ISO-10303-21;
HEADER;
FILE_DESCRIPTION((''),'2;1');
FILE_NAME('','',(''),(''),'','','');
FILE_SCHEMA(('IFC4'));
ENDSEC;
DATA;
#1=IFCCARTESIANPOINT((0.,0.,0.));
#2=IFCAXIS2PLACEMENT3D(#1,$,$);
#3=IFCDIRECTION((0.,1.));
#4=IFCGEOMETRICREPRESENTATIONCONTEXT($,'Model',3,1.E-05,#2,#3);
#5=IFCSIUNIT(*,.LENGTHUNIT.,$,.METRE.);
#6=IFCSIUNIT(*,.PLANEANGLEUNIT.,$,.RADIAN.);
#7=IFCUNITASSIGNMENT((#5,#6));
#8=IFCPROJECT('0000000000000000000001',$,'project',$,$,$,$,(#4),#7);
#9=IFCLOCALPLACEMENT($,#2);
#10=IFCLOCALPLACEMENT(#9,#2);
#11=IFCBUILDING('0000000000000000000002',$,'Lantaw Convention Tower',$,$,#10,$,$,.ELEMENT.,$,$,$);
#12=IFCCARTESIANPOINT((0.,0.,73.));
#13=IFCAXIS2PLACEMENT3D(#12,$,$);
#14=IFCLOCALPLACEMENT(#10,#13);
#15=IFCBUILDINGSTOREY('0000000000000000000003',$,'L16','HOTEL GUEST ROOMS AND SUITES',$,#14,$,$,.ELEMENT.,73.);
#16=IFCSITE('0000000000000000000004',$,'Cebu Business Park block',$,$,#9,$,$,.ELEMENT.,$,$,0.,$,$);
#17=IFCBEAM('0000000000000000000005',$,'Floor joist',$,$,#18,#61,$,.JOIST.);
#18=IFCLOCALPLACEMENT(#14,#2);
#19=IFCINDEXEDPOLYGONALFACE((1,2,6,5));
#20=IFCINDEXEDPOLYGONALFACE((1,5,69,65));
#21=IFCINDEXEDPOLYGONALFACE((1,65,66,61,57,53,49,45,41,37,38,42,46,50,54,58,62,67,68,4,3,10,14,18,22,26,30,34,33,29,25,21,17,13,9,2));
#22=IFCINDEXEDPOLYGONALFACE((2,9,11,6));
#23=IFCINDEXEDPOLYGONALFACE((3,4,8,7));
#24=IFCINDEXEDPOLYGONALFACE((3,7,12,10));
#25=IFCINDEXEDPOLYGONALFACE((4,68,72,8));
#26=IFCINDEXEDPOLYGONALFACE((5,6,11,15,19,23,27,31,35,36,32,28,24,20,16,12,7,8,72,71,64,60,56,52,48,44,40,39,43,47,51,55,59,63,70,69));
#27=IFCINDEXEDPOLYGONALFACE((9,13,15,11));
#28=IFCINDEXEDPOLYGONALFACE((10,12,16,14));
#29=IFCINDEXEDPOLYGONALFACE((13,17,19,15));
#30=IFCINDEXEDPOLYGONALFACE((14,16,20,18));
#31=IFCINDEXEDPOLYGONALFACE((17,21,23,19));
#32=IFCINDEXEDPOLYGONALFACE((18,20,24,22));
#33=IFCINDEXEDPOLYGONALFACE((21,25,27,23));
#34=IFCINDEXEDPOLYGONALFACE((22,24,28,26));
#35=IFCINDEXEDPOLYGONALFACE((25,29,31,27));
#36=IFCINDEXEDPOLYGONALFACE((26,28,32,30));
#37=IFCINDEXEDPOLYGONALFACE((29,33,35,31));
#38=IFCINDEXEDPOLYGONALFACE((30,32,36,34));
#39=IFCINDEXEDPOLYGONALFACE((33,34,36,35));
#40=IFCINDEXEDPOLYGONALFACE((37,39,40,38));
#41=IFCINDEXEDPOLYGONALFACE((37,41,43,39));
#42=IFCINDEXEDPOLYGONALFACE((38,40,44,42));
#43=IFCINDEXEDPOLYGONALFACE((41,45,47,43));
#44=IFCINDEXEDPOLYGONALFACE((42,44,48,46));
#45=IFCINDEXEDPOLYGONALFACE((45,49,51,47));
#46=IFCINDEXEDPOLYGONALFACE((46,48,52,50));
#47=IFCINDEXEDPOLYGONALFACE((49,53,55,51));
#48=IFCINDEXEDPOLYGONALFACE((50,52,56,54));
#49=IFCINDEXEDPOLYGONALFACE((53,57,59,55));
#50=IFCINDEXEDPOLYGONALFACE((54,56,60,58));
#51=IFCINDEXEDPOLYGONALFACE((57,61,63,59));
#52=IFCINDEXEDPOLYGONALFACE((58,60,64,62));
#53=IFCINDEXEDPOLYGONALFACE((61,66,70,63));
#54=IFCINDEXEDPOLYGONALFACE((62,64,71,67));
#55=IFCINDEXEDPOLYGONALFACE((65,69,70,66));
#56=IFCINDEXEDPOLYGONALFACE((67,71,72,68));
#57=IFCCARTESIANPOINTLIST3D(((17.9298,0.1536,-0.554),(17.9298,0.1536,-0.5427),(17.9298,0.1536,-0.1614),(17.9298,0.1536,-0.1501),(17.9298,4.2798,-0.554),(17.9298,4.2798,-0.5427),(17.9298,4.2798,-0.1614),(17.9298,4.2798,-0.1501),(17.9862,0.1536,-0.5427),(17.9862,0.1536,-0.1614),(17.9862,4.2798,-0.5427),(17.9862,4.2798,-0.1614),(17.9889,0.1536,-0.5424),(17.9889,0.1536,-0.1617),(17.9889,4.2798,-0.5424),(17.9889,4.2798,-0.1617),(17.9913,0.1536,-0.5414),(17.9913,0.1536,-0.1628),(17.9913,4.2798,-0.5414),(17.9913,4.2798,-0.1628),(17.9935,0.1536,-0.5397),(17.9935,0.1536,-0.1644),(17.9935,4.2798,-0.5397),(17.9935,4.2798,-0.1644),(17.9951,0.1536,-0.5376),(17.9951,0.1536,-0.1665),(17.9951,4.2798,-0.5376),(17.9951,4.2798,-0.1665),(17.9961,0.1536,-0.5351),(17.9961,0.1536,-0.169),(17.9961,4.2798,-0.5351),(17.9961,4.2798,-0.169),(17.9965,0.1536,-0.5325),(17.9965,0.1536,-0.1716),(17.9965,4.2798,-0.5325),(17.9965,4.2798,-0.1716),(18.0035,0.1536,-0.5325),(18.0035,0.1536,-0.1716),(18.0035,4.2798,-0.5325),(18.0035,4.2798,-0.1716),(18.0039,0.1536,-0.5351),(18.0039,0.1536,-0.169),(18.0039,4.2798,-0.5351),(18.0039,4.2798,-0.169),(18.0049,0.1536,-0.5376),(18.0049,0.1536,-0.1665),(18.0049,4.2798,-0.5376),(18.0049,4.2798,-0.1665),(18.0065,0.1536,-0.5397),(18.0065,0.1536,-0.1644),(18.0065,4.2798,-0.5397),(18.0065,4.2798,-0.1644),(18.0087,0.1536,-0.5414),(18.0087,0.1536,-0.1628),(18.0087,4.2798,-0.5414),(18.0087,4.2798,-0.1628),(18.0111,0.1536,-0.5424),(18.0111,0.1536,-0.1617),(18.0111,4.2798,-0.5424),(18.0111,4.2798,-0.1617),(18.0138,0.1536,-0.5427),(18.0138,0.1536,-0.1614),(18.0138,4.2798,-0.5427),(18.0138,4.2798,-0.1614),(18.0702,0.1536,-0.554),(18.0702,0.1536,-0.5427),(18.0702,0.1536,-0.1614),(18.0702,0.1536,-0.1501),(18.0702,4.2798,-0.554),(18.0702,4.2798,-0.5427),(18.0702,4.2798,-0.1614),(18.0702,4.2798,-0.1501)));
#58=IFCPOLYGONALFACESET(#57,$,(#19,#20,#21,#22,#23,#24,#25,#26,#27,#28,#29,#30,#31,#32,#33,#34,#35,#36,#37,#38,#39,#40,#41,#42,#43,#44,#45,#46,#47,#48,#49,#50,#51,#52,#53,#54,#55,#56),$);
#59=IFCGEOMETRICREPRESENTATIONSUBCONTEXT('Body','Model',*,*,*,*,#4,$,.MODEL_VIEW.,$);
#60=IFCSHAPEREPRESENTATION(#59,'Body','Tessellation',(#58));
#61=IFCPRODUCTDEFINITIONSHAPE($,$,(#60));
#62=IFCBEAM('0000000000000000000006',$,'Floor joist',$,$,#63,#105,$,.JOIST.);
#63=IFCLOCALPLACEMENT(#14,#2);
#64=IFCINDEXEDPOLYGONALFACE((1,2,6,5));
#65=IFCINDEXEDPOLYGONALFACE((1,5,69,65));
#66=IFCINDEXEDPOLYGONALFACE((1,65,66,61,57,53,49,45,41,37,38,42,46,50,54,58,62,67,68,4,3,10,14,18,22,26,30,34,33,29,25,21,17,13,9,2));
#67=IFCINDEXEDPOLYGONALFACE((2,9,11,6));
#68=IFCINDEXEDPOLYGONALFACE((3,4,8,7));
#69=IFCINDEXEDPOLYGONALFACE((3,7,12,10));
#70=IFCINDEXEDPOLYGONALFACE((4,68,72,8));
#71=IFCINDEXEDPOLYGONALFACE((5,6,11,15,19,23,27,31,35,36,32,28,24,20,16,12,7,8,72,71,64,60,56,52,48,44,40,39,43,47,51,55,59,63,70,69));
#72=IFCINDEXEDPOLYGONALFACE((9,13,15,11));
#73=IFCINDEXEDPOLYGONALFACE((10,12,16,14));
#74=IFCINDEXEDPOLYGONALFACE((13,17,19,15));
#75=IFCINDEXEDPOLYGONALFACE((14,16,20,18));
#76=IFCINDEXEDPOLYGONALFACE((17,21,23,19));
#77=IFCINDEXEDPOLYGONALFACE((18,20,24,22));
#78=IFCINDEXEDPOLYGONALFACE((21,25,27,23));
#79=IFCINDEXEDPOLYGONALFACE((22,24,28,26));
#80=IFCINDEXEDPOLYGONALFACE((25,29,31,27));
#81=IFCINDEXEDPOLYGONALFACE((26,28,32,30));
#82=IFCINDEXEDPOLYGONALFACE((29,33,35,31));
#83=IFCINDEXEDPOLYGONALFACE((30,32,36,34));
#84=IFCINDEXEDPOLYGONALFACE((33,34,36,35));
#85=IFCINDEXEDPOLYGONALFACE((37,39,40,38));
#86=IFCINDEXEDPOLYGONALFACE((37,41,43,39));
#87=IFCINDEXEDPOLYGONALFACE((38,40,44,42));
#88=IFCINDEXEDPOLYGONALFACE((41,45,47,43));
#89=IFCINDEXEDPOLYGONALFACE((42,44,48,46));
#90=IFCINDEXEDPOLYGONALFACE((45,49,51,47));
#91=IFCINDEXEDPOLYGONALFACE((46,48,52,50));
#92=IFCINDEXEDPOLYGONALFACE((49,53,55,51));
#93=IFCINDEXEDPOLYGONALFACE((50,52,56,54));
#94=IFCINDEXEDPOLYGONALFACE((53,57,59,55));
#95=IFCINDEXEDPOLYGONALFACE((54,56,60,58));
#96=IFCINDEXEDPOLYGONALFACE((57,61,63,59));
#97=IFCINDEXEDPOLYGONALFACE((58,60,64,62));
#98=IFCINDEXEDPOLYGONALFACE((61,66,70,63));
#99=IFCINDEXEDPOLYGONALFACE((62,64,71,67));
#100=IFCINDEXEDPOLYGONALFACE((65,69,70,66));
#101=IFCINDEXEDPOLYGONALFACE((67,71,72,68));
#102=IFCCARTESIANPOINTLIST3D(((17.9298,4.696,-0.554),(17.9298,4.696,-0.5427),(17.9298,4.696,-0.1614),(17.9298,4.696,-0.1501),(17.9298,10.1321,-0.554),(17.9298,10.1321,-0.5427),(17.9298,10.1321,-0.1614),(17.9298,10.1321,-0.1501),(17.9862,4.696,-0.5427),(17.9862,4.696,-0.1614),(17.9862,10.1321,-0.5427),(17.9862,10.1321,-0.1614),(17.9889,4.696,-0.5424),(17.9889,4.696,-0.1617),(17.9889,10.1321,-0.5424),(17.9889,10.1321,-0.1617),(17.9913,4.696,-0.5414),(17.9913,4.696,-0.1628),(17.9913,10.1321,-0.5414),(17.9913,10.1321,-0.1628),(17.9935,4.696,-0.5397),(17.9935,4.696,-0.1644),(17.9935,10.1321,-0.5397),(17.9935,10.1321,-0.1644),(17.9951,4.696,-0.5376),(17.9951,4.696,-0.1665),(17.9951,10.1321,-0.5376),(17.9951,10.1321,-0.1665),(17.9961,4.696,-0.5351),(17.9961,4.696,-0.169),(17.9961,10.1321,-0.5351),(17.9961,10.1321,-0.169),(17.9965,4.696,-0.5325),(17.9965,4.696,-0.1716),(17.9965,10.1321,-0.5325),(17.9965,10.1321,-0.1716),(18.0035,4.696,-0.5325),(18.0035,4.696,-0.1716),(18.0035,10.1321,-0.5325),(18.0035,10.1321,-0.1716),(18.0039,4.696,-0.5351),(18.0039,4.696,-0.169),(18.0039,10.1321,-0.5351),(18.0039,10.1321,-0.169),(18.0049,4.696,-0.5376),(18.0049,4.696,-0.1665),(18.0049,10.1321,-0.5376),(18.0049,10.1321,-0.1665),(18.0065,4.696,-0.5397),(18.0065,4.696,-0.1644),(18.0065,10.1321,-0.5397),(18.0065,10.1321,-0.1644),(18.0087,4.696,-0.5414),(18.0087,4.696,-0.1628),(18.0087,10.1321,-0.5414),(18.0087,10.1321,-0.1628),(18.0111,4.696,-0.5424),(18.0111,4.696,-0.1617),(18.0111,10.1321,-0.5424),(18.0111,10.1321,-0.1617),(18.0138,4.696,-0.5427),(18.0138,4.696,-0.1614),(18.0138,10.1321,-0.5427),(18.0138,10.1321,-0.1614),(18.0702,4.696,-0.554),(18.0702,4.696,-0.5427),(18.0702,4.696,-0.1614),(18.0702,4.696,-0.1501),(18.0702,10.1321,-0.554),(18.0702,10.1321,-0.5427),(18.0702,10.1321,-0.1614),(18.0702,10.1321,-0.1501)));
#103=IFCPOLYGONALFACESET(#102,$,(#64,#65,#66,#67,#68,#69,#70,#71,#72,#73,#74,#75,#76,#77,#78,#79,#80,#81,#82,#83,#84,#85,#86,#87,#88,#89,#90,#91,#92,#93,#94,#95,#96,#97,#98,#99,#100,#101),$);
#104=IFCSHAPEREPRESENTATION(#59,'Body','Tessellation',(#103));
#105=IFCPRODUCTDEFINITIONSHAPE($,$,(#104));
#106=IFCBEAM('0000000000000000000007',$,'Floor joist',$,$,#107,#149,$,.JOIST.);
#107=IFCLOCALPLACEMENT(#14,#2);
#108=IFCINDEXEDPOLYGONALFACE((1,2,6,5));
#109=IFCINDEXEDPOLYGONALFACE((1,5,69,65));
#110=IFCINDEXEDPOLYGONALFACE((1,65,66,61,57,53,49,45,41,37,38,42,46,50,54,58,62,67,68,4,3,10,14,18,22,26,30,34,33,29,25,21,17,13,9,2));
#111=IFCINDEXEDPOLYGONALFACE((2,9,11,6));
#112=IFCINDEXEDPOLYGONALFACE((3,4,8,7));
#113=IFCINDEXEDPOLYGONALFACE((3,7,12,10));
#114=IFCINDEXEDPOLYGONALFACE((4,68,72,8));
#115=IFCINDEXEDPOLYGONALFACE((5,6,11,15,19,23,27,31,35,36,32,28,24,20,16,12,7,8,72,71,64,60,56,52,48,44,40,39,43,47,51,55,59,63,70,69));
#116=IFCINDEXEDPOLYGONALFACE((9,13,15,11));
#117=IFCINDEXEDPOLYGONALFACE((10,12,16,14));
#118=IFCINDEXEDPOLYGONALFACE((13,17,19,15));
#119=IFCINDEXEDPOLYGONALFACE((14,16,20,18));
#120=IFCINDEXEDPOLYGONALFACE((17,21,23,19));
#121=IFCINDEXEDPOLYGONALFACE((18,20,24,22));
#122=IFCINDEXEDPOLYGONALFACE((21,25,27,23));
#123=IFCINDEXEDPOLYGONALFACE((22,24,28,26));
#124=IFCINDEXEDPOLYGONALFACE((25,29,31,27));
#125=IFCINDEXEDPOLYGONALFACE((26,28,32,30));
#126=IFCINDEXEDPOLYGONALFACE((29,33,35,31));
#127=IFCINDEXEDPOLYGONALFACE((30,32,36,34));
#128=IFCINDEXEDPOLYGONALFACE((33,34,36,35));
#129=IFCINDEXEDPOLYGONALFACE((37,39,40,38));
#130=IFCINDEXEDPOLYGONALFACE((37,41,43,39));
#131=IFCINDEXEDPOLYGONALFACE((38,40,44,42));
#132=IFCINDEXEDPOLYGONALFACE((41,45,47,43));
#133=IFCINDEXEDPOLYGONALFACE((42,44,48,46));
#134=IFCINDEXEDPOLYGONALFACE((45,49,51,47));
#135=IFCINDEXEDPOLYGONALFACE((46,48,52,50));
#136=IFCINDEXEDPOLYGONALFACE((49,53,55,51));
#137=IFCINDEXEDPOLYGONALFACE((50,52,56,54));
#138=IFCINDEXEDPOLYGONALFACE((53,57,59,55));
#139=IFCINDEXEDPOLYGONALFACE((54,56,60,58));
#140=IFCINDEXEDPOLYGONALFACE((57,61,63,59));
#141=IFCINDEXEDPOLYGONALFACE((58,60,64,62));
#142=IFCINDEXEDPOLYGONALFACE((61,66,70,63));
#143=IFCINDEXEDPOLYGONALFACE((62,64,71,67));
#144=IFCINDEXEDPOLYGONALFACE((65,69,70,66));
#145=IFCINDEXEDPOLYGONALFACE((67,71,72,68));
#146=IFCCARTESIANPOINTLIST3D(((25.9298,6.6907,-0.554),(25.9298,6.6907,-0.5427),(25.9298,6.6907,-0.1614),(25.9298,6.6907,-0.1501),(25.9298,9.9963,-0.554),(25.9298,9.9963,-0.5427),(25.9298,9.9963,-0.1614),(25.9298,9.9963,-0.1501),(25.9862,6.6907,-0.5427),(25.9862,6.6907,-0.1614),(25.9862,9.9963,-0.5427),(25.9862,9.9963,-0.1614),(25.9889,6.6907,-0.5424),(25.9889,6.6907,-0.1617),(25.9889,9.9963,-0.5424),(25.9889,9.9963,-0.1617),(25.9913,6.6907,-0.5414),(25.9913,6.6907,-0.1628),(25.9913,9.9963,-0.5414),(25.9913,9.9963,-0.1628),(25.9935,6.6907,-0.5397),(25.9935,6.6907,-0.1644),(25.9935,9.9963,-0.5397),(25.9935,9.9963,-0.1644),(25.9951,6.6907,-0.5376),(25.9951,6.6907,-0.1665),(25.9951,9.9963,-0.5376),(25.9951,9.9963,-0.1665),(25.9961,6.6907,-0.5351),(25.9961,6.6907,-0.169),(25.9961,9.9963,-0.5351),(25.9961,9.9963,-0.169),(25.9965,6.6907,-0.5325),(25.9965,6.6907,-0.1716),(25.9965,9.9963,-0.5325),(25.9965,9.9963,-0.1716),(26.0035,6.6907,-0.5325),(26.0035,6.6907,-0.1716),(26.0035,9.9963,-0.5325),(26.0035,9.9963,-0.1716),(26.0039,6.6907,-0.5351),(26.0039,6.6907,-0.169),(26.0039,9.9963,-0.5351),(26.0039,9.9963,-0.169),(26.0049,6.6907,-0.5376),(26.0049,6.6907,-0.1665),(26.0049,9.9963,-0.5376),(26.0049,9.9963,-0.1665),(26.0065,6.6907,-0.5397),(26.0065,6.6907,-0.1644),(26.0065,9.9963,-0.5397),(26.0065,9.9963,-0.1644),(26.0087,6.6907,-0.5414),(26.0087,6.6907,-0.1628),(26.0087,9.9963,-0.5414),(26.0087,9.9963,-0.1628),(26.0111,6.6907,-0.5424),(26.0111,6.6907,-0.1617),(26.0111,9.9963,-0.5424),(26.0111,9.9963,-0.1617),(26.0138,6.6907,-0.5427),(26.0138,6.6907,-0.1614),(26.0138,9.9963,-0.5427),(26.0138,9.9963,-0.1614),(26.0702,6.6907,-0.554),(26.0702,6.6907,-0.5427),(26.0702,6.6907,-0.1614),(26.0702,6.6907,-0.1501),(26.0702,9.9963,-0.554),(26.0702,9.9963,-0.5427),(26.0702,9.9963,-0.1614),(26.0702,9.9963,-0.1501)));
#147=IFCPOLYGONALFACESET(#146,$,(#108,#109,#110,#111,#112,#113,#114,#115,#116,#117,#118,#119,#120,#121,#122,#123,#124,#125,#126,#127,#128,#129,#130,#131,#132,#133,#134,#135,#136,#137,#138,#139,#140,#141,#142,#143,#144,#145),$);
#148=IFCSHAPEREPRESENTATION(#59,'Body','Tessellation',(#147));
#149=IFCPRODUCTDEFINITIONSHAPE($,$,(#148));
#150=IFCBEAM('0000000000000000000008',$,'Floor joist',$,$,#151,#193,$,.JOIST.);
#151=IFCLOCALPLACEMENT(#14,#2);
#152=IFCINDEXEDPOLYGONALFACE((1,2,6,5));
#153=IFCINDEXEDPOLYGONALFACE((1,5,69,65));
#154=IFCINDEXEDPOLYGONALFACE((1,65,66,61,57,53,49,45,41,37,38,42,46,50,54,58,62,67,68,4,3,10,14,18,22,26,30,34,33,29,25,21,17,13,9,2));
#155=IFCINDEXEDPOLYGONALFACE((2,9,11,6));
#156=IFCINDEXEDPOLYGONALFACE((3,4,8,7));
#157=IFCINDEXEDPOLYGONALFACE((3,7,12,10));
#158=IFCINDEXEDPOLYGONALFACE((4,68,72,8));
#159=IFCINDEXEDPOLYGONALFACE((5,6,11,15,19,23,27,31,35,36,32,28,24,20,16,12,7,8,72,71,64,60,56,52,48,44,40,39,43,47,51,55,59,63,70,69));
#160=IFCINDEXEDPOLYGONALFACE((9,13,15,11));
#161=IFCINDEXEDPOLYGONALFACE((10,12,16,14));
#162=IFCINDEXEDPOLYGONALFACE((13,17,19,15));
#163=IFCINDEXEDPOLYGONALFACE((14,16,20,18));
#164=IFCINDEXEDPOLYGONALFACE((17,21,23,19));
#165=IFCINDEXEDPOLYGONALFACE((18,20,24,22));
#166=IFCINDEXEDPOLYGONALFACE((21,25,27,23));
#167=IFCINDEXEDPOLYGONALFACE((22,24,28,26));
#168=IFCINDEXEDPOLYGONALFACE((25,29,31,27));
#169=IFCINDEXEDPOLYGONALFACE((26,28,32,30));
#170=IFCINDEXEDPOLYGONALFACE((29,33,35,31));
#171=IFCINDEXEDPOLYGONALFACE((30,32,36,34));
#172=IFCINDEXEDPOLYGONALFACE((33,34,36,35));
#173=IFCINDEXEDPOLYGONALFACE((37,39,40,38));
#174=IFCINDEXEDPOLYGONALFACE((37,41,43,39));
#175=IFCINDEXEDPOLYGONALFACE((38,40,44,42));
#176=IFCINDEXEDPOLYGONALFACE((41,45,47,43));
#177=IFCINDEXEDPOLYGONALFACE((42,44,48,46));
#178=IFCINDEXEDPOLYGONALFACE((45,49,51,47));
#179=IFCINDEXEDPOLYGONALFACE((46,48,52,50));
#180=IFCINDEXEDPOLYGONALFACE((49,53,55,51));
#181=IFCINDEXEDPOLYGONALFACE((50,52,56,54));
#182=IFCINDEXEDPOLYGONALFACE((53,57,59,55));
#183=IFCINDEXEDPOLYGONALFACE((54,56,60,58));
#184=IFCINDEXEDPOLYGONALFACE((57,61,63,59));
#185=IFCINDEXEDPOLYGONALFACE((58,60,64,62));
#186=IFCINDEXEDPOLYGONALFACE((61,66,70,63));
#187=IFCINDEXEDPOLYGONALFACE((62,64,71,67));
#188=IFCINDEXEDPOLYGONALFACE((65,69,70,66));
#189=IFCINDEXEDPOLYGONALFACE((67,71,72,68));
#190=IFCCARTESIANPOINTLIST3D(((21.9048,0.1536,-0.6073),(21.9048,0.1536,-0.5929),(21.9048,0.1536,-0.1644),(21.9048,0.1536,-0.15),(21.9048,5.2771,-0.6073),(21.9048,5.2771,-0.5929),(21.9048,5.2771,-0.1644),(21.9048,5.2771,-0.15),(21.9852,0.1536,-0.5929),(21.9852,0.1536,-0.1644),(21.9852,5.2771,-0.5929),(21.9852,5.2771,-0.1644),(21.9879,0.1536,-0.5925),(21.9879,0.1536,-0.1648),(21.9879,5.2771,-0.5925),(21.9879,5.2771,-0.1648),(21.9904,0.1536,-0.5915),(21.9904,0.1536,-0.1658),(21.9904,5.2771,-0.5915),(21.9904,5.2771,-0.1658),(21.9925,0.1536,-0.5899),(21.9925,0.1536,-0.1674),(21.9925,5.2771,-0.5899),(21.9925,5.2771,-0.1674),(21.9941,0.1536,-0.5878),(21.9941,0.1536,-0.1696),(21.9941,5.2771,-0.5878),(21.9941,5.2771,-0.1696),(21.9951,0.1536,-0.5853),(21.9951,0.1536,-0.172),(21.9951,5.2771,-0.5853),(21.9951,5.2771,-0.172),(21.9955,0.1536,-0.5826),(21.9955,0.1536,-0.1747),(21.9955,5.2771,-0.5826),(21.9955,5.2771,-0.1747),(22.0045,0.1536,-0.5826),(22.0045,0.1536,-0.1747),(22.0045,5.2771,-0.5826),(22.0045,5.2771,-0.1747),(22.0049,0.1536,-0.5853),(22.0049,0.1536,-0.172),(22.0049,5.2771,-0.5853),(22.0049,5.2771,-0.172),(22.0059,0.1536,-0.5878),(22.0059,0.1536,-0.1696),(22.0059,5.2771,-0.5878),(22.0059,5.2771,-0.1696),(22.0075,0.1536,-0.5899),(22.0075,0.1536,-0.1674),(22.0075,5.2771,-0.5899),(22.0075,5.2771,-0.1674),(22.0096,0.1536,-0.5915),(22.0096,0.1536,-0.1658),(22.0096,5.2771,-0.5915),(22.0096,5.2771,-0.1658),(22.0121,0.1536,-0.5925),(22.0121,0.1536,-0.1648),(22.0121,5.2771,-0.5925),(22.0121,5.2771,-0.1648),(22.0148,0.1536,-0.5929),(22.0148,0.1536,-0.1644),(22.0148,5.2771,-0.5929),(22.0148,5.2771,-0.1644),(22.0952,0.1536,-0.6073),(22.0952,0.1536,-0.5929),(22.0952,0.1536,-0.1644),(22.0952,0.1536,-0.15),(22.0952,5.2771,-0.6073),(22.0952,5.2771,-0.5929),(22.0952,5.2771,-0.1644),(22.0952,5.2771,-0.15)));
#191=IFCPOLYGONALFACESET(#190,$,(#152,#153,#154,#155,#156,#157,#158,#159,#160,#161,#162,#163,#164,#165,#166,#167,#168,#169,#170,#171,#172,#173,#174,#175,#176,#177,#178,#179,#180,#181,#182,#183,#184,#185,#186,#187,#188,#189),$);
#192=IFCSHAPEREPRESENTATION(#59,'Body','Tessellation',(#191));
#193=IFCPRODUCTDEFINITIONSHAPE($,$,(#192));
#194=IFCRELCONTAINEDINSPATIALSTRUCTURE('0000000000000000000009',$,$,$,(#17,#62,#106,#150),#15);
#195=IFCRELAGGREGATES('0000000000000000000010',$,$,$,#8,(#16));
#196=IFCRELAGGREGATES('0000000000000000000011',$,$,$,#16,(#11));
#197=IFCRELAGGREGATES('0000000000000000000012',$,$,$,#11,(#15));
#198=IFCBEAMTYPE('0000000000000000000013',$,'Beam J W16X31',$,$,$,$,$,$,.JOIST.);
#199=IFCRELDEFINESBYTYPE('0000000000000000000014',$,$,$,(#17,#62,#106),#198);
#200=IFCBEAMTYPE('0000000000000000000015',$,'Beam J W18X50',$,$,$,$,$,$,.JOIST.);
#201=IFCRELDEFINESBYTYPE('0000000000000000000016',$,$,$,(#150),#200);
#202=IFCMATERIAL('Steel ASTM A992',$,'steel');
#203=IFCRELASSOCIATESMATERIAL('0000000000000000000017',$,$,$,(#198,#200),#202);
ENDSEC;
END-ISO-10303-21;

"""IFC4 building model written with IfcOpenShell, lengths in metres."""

from ifc_helpers import new_model, si_unit, direction, frame, origin, origin_2d, place, context, subcontext, project, spatial, i_section, extrude, material, material_profile, profile_set, type_object, element, save


model = new_model("IFC4")

# Units and contexts
model_context = context("Model", 3, precision=1e-05, world=origin(), true_north=direction((0.0, 1.0)))
body_context = subcontext(model_context, "Body", "Model", "MODEL_VIEW")
ifc_project = project(units=[si_unit("LENGTHUNIT", "METRE"), si_unit("PLANEANGLEUNIT", "RADIAN")], contexts=[model_context])

# Site, building, storey
site_placement = place(None, origin())
site = spatial("IfcSite", under=ifc_project, at=site_placement, Name="Cebu Business Park block", CompositionType="ELEMENT", RefElevation=0.0)
building_placement = place(site_placement, origin())
building = spatial("IfcBuilding", under=site, at=building_placement, Name="Lantaw Convention Tower", CompositionType="ELEMENT")
storey_placement = place(building_placement, frame((0.0, 0.0, 73.0)))
storey = spatial("IfcBuildingStorey", under=building, at=storey_placement, Name="L16", Description="HOTEL GUEST ROOMS AND SUITES", CompositionType="ELEMENT", Elevation=73.0)

# Beams
ifc_material_1 = material(Name="Steel ASTM A992", Category="steel")
ifc_material_profile_1 = material_profile(ifc_material_1, i_section(OverallWidth=0.1404, OverallDepth=0.4038, WebThickness=0.0071, FlangeThickness=0.0112, FilletRadius=0.0103, at=origin_2d()), Name="W16X31")
ifc_profile_set_1 = profile_set([ifc_material_profile_1], Name="Steel ASTM A992")
beam_type_1 = type_object("IfcBeamType", Name="Beam J W16X31", PredefinedType="JOIST", material=ifc_profile_set_1)
beam_1_placement = place(storey_placement, frame((18.0, 0.1536, -0.3521), z_axis=(0.0, 1.0, 0.0), x_axis=(-1.0, 0.0, 0.0)))
element("IfcBeam", 1, at=beam_1_placement, inside=storey, type_object=beam_type_1, Name="Floor joist", PredefinedType="JOIST", context=body_context, shape_type="SweptSolid", body=[
    extrude(i_section(OverallWidth=0.1404, OverallDepth=0.4038, WebThickness=0.0071, FlangeThickness=0.0112, FilletRadius=0.0103, at=origin_2d()), origin(), (0.0, 0.0, 1.0), 4.1262),
])
beam_2_placement = place(storey_placement, frame((18.0, 4.696, -0.3521), z_axis=(0.0, 1.0, 0.0), x_axis=(-1.0, 0.0, 0.0)))
element("IfcBeam", 2, at=beam_2_placement, inside=storey, type_object=beam_type_1, Name="Floor joist", PredefinedType="JOIST", context=body_context, shape_type="SweptSolid", body=[
    extrude(i_section(OverallWidth=0.1404, OverallDepth=0.4038, WebThickness=0.0071, FlangeThickness=0.0112, FilletRadius=0.0103, at=origin_2d()), origin(), (0.0, 0.0, 1.0), 5.436),
])
beam_3_placement = place(storey_placement, frame((26.0, 6.6907, -0.3521), z_axis=(0.0, 1.0, 0.0), x_axis=(-1.0, 0.0, 0.0)))
element("IfcBeam", 3, at=beam_3_placement, inside=storey, type_object=beam_type_1, Name="Floor joist", PredefinedType="JOIST", context=body_context, shape_type="SweptSolid", body=[
    extrude(i_section(OverallWidth=0.1404, OverallDepth=0.4038, WebThickness=0.0071, FlangeThickness=0.0112, FilletRadius=0.0103, at=origin_2d()), origin(), (0.0, 0.0, 1.0), 3.3057),
])
ifc_material_profile_2 = material_profile(ifc_material_1, i_section(OverallWidth=0.1904, OverallDepth=0.4573, WebThickness=0.009, FlangeThickness=0.0144, FilletRadius=0.0103, at=origin_2d()), Name="W18X50")
ifc_profile_set_2 = profile_set([ifc_material_profile_2], Name="Steel ASTM A992")
beam_type_2 = type_object("IfcBeamType", Name="Beam J W18X50", PredefinedType="JOIST", material=ifc_profile_set_2)
beam_4_placement = place(storey_placement, frame((22.0, 0.1536, -0.3787), z_axis=(0.0, 1.0, 0.0), x_axis=(-1.0, 0.0, 0.0)))
element("IfcBeam", 4, at=beam_4_placement, inside=storey, type_object=beam_type_2, Name="Floor joist", PredefinedType="JOIST", context=body_context, shape_type="SweptSolid", body=[
    extrude(i_section(OverallWidth=0.1904, OverallDepth=0.4573, WebThickness=0.009, FlangeThickness=0.0144, FilletRadius=0.0103, at=origin_2d()), origin(), (0.0, 0.0, 1.0), 5.1235),
])

save(model, "model.ifc")
